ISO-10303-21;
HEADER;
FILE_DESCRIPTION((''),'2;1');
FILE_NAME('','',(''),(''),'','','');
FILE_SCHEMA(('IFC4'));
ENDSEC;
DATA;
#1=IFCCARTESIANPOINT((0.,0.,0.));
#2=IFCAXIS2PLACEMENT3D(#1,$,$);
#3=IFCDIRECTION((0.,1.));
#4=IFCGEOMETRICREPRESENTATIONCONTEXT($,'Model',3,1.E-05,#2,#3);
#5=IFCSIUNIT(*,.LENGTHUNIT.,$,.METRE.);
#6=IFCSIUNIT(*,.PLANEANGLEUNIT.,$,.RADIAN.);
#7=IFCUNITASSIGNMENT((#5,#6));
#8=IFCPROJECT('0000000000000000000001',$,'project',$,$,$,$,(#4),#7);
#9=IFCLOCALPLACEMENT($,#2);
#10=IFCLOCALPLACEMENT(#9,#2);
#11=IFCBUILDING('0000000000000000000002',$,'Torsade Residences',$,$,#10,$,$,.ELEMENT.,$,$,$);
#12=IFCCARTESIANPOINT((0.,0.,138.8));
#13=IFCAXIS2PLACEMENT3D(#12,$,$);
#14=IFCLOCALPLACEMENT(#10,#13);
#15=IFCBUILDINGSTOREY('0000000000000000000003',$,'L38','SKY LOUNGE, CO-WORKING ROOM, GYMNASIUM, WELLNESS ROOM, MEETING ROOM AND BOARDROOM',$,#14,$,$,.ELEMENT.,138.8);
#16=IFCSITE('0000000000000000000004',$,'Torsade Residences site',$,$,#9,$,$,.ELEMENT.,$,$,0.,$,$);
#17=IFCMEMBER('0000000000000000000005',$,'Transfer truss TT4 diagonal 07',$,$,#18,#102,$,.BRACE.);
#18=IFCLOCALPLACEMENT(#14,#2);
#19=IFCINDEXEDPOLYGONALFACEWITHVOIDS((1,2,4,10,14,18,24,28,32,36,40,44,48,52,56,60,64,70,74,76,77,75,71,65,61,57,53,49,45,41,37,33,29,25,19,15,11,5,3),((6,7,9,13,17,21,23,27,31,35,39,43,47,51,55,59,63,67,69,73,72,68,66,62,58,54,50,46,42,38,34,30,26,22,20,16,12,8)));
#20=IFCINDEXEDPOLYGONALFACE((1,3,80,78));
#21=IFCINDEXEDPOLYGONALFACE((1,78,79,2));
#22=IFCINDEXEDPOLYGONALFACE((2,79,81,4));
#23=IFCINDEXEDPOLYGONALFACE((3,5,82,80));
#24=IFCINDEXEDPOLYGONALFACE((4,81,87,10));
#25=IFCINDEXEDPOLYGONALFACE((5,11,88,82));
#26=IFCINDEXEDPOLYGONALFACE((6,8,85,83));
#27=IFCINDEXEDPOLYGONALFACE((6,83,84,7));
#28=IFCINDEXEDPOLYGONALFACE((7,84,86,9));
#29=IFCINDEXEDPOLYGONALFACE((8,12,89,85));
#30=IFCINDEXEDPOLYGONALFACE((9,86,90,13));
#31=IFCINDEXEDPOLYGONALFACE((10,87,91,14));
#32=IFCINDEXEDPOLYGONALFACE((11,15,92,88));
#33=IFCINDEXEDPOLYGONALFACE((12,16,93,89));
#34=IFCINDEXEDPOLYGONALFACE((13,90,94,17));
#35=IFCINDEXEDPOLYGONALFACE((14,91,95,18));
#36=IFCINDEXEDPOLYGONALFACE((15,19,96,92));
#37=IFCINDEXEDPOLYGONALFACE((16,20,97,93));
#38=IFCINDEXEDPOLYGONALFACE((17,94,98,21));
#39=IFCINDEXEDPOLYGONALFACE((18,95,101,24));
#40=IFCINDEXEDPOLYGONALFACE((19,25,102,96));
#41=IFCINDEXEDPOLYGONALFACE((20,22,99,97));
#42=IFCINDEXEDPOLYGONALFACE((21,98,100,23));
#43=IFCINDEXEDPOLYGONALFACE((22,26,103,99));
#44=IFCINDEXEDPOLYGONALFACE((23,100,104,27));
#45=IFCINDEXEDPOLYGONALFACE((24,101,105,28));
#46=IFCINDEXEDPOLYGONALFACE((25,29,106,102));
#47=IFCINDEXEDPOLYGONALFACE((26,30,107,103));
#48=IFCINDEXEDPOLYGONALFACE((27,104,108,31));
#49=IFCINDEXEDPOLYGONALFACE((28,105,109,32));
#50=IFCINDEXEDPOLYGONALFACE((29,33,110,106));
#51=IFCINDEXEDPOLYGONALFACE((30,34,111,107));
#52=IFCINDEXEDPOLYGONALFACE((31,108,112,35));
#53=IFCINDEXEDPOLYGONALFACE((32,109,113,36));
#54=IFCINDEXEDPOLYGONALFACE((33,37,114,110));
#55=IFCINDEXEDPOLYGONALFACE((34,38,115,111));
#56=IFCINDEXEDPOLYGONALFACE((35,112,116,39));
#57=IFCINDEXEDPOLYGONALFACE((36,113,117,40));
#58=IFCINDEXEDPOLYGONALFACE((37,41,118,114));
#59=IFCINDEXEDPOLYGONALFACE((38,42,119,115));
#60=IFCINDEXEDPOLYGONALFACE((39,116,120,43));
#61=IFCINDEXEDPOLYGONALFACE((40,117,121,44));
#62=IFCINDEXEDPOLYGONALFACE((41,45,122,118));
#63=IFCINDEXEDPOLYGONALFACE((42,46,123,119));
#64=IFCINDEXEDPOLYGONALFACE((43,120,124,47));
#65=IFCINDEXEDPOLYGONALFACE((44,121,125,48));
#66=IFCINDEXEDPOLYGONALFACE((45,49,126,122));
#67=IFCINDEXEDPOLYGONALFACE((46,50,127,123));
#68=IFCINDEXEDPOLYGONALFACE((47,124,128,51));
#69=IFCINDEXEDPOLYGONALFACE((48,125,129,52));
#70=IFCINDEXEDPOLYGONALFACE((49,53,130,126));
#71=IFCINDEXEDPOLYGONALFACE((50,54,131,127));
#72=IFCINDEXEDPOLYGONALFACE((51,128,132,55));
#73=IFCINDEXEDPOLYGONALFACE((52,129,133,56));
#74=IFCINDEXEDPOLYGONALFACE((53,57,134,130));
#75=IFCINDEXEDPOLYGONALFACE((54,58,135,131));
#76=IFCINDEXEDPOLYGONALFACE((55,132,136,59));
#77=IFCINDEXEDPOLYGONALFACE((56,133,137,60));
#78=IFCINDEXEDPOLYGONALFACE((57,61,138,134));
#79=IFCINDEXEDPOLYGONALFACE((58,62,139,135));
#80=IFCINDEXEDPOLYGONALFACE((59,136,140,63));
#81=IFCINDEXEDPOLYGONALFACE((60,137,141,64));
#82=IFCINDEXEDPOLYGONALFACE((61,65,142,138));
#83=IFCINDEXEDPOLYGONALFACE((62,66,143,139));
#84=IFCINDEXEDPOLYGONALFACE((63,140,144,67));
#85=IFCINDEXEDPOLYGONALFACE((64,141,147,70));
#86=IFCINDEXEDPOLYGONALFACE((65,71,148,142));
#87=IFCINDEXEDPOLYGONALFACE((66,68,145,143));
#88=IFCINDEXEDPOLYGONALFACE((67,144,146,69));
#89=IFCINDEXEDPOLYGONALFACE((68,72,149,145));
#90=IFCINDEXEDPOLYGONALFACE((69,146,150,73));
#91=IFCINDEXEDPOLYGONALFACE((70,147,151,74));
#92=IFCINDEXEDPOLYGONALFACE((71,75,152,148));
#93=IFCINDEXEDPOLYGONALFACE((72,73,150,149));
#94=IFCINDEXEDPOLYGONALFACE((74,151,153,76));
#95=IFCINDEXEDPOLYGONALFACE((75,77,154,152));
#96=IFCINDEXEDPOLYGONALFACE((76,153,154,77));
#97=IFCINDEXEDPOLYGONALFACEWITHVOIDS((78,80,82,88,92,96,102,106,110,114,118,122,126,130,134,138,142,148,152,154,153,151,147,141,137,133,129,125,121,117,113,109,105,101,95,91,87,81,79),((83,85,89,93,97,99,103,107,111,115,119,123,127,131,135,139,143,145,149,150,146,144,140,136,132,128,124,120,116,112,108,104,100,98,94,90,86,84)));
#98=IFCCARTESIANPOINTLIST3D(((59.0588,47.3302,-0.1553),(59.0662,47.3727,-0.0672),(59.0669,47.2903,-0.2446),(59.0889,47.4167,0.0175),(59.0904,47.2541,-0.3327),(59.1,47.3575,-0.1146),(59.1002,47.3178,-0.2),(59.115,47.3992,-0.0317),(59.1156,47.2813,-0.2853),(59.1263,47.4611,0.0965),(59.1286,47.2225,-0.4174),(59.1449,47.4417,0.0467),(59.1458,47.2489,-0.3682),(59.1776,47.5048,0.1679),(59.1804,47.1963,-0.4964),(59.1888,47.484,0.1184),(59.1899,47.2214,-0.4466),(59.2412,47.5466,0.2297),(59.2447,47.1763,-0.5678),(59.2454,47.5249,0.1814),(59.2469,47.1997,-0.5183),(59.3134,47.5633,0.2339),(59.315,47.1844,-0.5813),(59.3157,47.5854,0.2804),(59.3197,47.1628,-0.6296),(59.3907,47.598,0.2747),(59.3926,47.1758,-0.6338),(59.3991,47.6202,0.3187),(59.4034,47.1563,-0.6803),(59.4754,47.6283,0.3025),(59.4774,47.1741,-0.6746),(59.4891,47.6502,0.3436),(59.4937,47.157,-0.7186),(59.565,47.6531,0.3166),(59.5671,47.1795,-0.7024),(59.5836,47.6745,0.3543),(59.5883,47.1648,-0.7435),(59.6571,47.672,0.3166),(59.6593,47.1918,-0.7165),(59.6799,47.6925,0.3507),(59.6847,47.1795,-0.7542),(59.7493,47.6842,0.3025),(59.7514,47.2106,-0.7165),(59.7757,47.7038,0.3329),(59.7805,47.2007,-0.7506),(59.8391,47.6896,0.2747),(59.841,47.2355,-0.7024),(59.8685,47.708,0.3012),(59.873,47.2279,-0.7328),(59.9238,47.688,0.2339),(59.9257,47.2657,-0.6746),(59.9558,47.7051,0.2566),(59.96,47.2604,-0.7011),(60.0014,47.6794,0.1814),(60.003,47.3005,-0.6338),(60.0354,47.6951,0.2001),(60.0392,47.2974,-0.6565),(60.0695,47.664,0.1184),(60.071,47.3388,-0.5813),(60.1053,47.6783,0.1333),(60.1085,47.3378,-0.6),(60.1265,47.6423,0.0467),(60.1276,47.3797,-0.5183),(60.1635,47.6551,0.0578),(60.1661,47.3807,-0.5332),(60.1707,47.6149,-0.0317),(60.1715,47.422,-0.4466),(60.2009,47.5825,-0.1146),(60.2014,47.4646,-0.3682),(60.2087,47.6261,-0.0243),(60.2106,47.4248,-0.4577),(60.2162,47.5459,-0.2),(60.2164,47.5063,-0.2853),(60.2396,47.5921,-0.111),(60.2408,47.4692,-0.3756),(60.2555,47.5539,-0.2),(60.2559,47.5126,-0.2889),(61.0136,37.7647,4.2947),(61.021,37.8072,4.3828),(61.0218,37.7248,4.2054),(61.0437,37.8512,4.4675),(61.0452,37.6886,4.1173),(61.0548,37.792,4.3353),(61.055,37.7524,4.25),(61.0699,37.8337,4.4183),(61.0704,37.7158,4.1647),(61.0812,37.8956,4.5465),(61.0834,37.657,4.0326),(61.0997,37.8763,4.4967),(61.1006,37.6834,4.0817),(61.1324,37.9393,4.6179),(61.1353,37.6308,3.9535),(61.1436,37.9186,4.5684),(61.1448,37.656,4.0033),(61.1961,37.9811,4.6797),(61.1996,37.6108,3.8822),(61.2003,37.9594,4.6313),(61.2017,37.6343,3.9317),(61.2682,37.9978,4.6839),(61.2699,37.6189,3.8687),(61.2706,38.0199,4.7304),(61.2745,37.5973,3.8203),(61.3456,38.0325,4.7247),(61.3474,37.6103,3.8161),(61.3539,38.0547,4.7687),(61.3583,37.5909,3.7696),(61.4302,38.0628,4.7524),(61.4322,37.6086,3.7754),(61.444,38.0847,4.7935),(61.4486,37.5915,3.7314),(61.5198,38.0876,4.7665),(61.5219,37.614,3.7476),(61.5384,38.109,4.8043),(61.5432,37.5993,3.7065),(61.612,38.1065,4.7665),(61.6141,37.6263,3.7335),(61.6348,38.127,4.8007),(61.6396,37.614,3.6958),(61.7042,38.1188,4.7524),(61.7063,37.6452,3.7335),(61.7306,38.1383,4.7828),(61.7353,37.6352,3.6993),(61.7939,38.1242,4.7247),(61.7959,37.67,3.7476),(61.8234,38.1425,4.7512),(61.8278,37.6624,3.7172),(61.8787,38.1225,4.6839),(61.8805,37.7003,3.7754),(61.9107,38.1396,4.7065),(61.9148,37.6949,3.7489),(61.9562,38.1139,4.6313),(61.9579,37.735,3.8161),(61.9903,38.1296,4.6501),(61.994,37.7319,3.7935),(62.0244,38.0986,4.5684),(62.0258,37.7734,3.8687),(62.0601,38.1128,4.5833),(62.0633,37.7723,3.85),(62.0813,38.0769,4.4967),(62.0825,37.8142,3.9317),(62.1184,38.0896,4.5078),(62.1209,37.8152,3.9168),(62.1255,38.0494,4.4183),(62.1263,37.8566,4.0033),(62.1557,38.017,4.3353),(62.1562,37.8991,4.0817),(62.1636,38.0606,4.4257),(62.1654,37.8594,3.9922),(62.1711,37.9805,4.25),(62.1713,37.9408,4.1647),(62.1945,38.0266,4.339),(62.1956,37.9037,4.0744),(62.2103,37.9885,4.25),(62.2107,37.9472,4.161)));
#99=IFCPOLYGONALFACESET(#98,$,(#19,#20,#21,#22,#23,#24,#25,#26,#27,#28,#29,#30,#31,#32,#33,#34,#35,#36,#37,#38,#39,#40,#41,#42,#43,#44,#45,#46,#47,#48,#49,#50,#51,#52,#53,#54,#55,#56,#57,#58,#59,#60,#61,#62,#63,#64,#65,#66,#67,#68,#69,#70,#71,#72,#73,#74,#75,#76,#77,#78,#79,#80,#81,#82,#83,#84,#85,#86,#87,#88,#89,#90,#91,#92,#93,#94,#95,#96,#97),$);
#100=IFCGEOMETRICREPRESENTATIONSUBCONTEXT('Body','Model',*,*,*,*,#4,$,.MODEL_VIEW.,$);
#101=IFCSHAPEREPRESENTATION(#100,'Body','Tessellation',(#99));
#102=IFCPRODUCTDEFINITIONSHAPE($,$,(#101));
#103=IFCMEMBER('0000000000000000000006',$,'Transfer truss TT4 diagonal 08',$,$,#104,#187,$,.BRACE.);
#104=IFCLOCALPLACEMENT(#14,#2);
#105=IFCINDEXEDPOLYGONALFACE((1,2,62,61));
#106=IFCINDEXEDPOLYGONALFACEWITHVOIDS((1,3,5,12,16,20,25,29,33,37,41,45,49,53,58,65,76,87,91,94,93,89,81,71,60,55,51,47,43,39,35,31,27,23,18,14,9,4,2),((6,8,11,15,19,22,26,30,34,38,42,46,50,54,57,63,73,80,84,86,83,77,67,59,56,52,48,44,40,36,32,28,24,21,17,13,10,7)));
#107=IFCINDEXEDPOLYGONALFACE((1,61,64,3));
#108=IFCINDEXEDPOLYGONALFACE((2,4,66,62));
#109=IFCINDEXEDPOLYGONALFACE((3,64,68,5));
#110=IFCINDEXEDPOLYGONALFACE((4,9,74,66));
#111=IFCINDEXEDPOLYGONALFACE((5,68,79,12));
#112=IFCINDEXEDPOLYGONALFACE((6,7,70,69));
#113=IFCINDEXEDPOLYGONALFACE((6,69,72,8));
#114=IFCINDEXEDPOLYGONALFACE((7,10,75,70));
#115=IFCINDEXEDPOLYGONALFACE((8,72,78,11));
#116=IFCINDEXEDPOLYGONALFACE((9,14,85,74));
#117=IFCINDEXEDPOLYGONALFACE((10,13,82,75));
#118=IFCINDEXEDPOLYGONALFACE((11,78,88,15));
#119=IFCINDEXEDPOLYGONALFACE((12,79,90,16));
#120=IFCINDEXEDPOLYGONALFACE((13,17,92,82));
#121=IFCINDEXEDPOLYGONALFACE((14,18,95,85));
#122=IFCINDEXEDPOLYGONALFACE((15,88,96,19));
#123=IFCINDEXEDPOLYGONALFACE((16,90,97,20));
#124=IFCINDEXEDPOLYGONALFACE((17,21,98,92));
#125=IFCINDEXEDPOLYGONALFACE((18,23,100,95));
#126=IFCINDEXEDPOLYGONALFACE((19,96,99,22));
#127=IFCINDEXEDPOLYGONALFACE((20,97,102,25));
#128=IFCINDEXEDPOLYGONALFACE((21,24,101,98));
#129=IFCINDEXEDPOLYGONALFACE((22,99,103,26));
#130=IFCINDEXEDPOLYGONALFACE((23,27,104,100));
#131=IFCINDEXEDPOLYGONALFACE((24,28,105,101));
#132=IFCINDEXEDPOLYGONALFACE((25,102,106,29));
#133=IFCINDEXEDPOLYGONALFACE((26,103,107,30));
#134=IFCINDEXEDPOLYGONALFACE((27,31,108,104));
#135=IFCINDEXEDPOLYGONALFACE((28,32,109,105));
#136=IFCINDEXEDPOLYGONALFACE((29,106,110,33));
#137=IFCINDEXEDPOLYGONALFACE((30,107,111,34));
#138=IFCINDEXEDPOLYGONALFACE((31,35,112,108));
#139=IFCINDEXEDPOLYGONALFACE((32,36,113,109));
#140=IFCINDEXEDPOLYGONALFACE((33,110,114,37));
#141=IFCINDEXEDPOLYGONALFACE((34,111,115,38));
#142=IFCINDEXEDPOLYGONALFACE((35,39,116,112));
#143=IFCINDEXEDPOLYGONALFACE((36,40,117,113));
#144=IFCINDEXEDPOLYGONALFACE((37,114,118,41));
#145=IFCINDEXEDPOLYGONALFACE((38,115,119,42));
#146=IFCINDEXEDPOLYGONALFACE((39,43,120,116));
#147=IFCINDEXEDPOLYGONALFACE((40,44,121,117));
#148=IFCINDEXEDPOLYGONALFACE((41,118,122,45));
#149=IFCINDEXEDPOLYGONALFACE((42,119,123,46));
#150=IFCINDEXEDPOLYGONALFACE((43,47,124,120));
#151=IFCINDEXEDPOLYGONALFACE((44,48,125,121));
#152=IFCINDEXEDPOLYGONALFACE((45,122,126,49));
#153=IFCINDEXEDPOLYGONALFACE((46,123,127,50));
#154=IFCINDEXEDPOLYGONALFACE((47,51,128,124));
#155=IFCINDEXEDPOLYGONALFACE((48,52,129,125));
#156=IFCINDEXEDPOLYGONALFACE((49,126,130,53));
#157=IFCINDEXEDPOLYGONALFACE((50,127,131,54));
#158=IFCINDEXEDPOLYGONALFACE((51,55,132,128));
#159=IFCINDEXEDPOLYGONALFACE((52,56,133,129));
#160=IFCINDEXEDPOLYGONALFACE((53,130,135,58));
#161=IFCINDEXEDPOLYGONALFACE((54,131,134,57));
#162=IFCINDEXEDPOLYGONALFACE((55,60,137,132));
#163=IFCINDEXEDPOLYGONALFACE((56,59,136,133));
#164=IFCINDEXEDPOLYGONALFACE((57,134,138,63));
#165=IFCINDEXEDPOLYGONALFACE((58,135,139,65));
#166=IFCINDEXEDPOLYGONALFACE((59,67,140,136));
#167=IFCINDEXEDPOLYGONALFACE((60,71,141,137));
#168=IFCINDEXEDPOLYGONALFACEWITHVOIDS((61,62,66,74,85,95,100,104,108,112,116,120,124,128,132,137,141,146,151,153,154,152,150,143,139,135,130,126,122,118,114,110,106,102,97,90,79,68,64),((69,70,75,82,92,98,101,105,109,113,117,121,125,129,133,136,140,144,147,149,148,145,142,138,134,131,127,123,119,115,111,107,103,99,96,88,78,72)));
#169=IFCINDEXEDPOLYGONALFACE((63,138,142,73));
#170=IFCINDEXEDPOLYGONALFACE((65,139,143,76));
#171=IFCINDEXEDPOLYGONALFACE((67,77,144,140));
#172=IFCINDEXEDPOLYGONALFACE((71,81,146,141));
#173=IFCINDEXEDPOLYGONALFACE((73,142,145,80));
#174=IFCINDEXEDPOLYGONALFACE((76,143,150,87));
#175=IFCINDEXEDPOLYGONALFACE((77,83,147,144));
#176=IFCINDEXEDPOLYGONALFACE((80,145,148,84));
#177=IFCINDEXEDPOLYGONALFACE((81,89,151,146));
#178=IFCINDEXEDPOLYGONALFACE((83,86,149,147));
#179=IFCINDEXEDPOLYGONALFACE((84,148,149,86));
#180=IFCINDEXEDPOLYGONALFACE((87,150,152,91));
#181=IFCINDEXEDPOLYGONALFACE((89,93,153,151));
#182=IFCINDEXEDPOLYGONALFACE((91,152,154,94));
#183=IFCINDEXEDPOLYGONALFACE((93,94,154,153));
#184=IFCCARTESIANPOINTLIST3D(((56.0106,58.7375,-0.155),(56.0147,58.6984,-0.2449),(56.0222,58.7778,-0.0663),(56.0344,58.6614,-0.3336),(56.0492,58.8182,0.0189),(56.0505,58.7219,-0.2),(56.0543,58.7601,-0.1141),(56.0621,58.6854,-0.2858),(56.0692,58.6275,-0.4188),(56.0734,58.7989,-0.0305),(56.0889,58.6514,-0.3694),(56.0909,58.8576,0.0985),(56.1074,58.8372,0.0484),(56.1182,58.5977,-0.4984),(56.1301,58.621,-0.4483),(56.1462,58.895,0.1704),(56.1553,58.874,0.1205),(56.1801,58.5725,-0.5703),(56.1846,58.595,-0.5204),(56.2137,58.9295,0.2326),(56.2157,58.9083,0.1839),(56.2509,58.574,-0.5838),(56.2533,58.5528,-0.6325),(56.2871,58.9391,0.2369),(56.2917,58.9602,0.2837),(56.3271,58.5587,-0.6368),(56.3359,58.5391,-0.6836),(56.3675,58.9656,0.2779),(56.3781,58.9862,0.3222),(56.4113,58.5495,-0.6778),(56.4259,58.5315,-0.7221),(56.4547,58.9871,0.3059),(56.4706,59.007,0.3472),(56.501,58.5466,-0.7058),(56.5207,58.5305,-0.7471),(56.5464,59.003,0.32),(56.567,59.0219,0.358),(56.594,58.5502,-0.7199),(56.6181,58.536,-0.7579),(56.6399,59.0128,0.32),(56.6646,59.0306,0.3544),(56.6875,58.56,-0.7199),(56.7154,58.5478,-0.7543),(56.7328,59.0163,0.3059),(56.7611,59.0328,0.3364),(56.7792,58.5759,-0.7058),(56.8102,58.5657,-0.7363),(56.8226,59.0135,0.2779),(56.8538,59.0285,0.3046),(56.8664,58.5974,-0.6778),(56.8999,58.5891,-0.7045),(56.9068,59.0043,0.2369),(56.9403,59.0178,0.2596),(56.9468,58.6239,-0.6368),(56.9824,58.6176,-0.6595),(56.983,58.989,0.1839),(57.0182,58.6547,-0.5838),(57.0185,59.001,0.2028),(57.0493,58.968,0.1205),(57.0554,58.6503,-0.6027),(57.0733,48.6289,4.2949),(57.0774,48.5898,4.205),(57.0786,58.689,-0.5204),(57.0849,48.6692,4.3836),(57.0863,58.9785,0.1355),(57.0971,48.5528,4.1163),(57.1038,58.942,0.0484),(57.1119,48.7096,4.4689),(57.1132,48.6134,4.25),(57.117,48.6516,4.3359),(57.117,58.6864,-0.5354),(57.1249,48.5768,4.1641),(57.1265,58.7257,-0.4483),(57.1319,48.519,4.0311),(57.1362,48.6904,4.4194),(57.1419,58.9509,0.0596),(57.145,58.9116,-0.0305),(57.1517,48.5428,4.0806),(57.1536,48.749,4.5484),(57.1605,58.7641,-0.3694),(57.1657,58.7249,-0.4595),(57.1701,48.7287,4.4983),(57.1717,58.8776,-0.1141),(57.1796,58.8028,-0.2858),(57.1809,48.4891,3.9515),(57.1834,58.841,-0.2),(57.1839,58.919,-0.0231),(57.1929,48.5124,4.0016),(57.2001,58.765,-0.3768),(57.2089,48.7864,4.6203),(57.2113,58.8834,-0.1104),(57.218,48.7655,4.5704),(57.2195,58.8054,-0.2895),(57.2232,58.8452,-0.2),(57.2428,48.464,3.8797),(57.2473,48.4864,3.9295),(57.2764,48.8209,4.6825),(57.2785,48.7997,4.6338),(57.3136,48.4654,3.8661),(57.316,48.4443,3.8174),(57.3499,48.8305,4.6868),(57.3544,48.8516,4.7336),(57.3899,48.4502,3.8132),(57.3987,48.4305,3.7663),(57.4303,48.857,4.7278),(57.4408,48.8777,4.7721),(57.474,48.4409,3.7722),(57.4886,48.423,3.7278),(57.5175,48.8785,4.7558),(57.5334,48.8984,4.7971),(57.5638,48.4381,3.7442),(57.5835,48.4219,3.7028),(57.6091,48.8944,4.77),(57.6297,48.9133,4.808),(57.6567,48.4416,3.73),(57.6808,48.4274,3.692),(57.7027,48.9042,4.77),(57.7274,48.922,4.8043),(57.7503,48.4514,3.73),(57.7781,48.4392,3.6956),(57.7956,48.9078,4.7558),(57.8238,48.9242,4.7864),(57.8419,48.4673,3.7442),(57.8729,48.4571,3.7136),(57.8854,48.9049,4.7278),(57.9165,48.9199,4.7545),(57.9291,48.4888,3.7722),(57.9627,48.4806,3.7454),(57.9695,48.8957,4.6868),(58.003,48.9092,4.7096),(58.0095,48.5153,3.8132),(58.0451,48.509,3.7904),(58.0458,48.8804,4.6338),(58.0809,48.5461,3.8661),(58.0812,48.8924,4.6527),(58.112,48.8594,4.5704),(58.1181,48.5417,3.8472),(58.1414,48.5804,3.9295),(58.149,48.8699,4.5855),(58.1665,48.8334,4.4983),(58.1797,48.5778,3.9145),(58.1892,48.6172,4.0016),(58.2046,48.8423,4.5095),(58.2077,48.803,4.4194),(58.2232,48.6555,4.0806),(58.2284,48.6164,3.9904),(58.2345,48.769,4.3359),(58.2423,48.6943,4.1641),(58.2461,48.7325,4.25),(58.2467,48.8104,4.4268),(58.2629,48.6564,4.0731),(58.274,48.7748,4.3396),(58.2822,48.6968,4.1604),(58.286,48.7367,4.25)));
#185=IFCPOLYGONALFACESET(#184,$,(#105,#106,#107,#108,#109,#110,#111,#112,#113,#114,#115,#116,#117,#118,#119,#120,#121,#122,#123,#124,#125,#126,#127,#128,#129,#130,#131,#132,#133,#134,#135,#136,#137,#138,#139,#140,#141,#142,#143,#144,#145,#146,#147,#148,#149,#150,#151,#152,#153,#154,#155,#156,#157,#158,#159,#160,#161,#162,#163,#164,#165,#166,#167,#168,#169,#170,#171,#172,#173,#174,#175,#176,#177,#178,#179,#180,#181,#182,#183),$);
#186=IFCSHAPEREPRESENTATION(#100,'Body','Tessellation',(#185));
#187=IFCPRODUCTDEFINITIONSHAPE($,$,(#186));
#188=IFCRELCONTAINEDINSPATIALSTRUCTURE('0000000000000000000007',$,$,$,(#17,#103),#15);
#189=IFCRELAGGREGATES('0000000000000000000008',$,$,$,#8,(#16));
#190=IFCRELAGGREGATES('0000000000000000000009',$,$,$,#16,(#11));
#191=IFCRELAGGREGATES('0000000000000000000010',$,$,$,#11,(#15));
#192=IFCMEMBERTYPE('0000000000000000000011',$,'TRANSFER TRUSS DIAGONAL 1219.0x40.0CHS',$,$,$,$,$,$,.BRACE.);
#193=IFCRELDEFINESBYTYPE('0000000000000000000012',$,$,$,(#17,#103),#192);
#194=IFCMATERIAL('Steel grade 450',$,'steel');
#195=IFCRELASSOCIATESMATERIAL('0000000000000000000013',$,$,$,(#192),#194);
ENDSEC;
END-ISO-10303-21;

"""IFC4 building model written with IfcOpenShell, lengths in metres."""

from ifc_helpers import new_model, si_unit, direction, frame, origin, origin_2d, place, context, subcontext, project, spatial, hollow_circle, extrude, material, material_profile, profile_set, type_object, element, save


model = new_model("IFC4")

# Units and contexts
model_context = context("Model", 3, precision=1e-05, world=origin(), true_north=direction((0.0, 1.0)))
body_context = subcontext(model_context, "Body", "Model", "MODEL_VIEW")
ifc_project = project(units=[si_unit("LENGTHUNIT", "METRE"), si_unit("PLANEANGLEUNIT", "RADIAN")], contexts=[model_context])

# Site, building, storey
site_placement = place(None, origin())
site = spatial("IfcSite", under=ifc_project, at=site_placement, Name="Torsade Residences site", CompositionType="ELEMENT", RefElevation=0.0)
building_placement = place(site_placement, origin())
building = spatial("IfcBuilding", under=site, at=building_placement, Name="Torsade Residences", CompositionType="ELEMENT")
storey_placement = place(building_placement, frame((0.0, 0.0, 138.8)))
storey = spatial("IfcBuildingStorey", under=building, at=storey_placement, Name="L38", Description="SKY LOUNGE, CO-WORKING ROOM, GYMNASIUM, WELLNESS ROOM, MEETING ROOM AND BOARDROOM", CompositionType="ELEMENT", Elevation=138.8)

# Members
ifc_material_1 = material(Name="Steel grade 450", Category="steel")
ifc_material_profile_1 = material_profile(ifc_material_1, hollow_circle(Radius=0.6096, WallThickness=0.04, at=origin_2d()), Name="1219.0x40.0CHS")
ifc_profile_set_1 = profile_set([ifc_material_profile_1], Name="Steel grade 450")
member_type_1 = type_object("IfcMemberType", Name="TRANSFER TRUSS DIAGONAL 1219.0x40.0CHS", PredefinedType="BRACE", material=ifc_profile_set_1)
member_1_placement = place(storey_placement, frame((59.6582, 47.4319, -0.2), z_axis=(0.182193, -0.891512, 0.414742), x_axis=(0.97975, 0.200226, 0.0)))
element("IfcMember", 1, at=member_1_placement, inside=storey, type_object=member_type_1, Name="Transfer truss TT4 diagonal 07", PredefinedType="BRACE", context=body_context, shape_type="SweptSolid", body=[
    extrude(hollow_circle(Radius=0.6096, WallThickness=0.04, at=origin_2d()), origin(), (0.0, 0.0, 1.0), 10.7295),
])
member_2_placement = place(storey_placement, frame((56.6169, 58.7815, -0.2), z_axis=(0.095779, -0.911036, 0.401049), x_axis=(0.994519, 0.104556, 0.0)))
element("IfcMember", 2, at=member_2_placement, inside=storey, type_object=member_type_1, Name="Transfer truss TT4 diagonal 08", PredefinedType="BRACE", context=body_context, shape_type="SweptSolid", body=[
    extrude(hollow_circle(Radius=0.6096, WallThickness=0.04, at=origin_2d()), origin(), (0.0, 0.0, 1.0), 11.0957),
])

save(model, "model.ifc")
